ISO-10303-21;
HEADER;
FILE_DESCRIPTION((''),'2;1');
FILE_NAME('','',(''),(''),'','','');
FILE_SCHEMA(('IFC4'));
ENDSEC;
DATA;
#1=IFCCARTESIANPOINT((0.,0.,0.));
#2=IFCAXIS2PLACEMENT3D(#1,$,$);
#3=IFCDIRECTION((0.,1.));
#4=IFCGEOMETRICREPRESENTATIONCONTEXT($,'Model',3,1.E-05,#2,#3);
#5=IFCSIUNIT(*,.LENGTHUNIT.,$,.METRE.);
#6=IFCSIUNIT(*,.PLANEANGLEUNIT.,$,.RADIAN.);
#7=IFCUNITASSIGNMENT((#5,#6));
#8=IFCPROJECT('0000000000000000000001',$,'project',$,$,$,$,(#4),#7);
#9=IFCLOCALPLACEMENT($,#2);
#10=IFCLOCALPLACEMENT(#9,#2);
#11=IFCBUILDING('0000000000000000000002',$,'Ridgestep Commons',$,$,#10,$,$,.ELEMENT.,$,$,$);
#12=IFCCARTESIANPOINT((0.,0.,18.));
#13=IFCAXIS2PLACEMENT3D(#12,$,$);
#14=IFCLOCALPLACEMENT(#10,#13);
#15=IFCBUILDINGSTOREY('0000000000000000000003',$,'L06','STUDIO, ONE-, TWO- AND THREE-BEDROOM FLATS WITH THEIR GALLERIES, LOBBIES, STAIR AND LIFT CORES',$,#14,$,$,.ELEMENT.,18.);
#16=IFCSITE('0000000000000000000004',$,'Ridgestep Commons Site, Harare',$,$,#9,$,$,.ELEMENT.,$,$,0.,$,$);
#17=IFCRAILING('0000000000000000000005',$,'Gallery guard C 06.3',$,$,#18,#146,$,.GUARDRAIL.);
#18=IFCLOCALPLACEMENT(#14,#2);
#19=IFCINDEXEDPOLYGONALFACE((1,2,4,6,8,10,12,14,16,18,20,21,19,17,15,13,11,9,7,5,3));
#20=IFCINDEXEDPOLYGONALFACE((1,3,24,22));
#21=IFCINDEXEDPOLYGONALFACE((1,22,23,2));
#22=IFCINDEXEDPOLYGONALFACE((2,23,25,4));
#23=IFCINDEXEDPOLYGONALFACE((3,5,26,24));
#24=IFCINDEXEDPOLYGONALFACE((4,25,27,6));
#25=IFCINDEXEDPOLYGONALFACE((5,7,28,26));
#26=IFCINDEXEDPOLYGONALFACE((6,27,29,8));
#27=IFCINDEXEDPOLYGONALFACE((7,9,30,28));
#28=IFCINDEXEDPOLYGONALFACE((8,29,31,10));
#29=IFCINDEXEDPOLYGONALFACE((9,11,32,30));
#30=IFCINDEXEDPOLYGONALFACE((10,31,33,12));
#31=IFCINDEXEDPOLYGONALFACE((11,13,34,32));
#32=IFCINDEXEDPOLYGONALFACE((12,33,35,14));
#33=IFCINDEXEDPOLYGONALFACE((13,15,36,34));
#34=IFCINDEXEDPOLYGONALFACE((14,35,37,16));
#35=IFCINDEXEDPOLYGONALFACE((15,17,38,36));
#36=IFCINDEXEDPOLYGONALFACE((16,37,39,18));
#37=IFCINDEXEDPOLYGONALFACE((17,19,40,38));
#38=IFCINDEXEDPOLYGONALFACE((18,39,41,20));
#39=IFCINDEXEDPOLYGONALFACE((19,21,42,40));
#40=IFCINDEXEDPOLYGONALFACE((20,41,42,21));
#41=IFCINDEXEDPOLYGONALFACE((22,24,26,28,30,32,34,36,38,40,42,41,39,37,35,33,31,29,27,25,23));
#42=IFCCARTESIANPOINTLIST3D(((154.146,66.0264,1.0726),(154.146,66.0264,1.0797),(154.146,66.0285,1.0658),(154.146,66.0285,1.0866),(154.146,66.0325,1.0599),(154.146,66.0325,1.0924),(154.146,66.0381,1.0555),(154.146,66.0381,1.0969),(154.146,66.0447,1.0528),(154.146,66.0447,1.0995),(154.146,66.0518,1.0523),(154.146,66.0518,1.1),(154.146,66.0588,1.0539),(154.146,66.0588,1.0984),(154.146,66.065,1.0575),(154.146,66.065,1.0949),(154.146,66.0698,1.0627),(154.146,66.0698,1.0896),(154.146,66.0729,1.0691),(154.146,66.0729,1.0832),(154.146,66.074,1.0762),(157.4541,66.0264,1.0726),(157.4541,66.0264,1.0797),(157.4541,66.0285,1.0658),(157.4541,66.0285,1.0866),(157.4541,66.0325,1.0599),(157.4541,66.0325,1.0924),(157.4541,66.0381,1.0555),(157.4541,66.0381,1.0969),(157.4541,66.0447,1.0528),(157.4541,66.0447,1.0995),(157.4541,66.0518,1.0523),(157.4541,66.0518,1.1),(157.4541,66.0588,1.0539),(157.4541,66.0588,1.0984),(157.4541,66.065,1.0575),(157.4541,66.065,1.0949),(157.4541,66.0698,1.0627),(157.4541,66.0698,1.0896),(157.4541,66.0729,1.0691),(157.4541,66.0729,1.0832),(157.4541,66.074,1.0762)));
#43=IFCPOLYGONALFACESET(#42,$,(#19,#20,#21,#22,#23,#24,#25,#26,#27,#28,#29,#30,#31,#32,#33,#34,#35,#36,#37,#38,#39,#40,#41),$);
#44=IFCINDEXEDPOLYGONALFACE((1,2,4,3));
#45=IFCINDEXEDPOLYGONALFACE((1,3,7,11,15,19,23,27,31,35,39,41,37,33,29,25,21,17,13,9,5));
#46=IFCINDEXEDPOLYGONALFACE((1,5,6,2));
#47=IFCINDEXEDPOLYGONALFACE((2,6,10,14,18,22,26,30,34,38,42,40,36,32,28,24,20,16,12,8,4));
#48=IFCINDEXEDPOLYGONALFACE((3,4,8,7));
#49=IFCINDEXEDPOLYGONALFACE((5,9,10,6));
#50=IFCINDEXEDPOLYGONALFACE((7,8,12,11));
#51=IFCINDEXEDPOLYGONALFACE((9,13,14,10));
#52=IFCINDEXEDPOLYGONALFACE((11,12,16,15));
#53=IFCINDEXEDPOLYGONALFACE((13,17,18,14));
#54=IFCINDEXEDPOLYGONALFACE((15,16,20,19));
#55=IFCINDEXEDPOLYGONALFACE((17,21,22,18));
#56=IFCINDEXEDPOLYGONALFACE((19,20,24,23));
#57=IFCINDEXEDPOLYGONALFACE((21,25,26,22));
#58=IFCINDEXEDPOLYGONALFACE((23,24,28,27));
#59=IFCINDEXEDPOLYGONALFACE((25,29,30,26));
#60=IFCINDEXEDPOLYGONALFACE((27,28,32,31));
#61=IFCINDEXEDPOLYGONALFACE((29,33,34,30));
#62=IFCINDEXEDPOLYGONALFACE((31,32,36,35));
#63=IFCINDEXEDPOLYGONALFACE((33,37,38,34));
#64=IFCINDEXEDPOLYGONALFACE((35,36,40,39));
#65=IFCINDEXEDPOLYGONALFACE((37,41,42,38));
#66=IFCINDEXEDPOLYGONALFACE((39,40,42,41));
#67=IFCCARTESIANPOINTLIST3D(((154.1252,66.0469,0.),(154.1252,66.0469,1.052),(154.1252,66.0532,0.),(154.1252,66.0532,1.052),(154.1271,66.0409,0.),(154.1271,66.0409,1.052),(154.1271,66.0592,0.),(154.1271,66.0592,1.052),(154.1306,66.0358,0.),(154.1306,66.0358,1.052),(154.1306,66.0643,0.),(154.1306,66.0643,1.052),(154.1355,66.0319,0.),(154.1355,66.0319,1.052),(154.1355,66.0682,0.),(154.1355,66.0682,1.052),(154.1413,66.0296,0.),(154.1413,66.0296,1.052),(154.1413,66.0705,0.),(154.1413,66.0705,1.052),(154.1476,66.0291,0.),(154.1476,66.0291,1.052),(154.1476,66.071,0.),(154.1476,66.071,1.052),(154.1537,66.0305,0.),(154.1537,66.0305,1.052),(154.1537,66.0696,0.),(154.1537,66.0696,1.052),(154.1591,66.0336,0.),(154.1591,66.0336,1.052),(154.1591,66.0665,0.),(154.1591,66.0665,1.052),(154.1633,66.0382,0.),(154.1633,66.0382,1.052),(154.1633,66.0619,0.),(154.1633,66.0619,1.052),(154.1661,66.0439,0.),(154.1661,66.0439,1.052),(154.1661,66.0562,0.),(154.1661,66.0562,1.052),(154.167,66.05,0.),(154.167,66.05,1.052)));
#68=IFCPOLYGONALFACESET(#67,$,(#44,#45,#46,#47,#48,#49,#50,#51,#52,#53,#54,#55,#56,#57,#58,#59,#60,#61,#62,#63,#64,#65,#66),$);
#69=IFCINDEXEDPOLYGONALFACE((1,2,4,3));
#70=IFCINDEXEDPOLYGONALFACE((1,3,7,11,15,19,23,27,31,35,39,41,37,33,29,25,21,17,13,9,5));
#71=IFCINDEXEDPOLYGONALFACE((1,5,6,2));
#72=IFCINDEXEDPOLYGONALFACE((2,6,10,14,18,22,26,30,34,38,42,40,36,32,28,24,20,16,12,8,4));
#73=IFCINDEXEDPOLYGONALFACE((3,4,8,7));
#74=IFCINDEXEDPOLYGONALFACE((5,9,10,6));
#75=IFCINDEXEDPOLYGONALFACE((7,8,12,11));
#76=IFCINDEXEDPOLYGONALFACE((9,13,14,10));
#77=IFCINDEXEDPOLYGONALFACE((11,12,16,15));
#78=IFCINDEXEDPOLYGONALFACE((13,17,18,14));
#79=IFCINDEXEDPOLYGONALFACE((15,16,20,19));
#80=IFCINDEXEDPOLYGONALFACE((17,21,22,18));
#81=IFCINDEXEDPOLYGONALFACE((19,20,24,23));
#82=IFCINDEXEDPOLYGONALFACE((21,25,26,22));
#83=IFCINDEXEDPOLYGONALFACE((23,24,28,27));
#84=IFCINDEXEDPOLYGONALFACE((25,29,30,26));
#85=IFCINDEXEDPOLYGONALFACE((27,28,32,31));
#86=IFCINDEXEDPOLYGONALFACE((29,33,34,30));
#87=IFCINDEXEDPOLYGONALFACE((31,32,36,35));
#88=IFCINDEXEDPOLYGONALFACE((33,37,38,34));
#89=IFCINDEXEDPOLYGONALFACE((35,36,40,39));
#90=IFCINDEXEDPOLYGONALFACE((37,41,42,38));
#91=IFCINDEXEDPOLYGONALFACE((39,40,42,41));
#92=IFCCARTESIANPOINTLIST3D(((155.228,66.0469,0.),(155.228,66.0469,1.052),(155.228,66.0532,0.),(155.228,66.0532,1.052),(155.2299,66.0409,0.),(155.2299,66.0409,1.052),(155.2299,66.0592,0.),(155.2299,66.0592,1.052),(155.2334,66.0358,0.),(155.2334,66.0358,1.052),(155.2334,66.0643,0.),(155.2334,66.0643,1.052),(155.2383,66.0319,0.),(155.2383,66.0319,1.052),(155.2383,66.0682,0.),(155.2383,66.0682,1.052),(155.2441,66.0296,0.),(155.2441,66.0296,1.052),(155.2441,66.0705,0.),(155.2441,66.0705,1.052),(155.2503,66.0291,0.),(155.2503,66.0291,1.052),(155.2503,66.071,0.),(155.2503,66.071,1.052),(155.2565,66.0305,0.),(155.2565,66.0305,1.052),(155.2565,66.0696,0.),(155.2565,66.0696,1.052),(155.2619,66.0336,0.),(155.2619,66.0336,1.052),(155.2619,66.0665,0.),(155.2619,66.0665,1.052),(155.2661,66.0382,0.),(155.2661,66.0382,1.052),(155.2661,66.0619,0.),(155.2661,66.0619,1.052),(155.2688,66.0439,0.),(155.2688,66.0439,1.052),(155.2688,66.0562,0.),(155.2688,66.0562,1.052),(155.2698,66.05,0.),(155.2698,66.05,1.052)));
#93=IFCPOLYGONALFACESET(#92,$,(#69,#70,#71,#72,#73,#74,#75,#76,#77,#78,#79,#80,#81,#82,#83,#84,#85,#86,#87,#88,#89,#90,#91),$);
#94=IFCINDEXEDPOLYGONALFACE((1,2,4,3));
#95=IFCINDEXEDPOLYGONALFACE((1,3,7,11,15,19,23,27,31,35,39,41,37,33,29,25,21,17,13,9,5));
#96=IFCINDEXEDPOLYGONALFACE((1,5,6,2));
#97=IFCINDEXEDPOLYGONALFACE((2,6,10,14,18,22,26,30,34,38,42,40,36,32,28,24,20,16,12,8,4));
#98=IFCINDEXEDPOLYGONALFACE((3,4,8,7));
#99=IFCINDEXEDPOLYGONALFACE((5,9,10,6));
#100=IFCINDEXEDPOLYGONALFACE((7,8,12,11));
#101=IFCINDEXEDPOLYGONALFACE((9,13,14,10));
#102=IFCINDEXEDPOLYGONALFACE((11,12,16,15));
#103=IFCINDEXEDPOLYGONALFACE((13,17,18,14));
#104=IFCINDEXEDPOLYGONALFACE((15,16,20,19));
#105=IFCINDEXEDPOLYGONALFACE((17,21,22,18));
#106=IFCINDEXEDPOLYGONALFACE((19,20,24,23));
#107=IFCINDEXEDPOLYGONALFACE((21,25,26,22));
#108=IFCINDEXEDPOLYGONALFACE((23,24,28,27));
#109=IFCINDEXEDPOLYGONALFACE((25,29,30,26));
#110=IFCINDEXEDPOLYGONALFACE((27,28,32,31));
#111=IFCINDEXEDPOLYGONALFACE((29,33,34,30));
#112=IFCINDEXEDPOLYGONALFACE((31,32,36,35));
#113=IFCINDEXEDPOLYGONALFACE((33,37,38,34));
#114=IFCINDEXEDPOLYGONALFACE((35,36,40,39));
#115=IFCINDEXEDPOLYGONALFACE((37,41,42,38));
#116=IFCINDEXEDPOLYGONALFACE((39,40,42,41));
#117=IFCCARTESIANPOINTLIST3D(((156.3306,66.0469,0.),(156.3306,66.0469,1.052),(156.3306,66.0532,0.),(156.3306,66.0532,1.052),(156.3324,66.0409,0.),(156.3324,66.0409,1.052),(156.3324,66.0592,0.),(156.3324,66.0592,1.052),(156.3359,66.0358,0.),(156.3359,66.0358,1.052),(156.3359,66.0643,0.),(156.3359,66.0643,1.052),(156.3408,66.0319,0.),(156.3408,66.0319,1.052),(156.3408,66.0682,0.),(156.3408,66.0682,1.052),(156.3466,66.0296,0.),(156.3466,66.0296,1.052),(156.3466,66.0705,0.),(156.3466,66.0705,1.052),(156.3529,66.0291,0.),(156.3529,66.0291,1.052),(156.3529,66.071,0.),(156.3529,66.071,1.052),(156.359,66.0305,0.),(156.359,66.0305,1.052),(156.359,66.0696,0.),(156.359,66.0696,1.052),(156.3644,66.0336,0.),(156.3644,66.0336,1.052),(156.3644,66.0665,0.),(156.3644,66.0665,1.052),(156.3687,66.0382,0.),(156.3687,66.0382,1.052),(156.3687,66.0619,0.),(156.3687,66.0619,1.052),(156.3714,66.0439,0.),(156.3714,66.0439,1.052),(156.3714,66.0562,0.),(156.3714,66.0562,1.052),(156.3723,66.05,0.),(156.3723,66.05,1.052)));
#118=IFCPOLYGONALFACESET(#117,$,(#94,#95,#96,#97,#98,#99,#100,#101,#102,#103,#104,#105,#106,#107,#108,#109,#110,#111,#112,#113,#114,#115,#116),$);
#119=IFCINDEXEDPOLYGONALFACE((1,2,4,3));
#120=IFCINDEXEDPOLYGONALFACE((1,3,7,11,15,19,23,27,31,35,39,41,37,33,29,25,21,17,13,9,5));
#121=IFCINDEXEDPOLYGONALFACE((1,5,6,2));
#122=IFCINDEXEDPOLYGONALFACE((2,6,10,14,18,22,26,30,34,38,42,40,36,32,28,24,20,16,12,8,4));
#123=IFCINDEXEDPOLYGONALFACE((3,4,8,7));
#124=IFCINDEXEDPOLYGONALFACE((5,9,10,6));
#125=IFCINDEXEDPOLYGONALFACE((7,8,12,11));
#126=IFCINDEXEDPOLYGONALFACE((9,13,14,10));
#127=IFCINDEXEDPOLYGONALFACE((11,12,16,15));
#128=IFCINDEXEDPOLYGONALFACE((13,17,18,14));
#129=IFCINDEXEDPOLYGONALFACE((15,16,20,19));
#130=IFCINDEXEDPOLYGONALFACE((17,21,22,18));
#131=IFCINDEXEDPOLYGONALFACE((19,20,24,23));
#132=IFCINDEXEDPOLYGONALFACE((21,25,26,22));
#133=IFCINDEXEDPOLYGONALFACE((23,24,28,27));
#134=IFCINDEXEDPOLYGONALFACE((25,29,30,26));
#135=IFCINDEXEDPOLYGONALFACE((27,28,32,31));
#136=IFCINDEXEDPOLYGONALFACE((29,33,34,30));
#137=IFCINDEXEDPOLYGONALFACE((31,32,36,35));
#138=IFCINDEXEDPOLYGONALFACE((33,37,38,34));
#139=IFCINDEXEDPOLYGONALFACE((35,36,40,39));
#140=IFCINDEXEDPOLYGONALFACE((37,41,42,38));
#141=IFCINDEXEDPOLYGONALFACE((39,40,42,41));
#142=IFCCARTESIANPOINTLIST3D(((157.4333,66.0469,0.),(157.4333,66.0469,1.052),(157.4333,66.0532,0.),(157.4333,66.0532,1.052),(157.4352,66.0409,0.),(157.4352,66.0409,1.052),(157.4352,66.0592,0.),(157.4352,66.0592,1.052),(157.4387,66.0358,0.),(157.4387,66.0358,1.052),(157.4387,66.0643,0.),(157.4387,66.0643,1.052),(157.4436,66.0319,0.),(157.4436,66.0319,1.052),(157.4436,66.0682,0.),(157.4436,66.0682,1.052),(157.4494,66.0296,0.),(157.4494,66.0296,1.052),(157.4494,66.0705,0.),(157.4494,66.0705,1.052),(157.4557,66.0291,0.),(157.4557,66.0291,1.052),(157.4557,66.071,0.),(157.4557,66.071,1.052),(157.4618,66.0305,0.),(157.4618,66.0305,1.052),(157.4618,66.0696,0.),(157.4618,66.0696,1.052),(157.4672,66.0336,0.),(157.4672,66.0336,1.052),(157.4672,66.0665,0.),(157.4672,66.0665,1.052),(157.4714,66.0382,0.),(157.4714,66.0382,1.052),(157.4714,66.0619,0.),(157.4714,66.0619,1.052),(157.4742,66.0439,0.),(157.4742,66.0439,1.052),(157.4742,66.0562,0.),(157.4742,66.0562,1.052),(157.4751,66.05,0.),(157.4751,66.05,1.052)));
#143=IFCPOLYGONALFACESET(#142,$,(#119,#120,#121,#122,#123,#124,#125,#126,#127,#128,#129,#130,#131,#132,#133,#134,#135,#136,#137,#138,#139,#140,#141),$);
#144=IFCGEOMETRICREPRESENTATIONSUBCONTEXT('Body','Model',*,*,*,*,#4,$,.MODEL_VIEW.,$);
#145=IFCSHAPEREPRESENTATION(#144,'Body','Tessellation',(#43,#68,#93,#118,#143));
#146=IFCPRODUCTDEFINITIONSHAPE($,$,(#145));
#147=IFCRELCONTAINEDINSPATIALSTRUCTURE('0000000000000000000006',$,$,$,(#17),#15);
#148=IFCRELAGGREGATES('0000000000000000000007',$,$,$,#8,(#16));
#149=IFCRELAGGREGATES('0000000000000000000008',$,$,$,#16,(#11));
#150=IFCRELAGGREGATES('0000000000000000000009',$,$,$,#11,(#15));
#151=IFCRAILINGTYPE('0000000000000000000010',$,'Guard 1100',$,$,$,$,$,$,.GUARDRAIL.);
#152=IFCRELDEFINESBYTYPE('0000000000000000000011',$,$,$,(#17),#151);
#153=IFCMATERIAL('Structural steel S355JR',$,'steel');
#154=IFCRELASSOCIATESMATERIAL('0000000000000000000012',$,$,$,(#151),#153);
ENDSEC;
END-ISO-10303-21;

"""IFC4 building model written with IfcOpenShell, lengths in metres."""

from ifc_helpers import new_model, si_unit, direction, frame, origin, origin_2d, place, context, subcontext, project, spatial, circle, extrude, material, type_object, element, save


model = new_model("IFC4")

# Units and contexts
model_context = context("Model", 3, precision=1e-05, world=origin(), true_north=direction((0.0, 1.0)))
body_context = subcontext(model_context, "Body", "Model", "MODEL_VIEW")
ifc_project = project(units=[si_unit("LENGTHUNIT", "METRE"), si_unit("PLANEANGLEUNIT", "RADIAN")], contexts=[model_context])

# Site, building, storey
site_placement = place(None, origin())
site = spatial("IfcSite", under=ifc_project, at=site_placement, Name="Ridgestep Commons Site, Harare", CompositionType="ELEMENT", RefElevation=0.0)
building_placement = place(site_placement, origin())
building = spatial("IfcBuilding", under=site, at=building_placement, Name="Ridgestep Commons", CompositionType="ELEMENT")
storey_placement = place(building_placement, frame((0.0, 0.0, 18.0)))
storey = spatial("IfcBuildingStorey", under=building, at=storey_placement, Name="L06", Description="STUDIO, ONE-, TWO- AND THREE-BEDROOM FLATS WITH THEIR GALLERIES, LOBBIES, STAIR AND LIFT CORES", CompositionType="ELEMENT", Elevation=18.0)

# Railing
ifc_material_1 = material(Name="Structural steel S355JR", Category="steel")
railing_type = type_object("IfcRailingType", Name="Guard 1100", PredefinedType="GUARDRAIL", material=ifc_material_1)
for number, where, name in (
    (1, (154.146, 66.05, 0.0), "Gallery guard C 06.3"),
):
    element("IfcRailing", number, at=place(storey_placement, frame(where)), inside=storey, type_object=railing_type, Name=name, PredefinedType="GUARDRAIL", context=body_context, shape_type="SweptSolid", body=[
        extrude(circle(Radius=0.0239, at=origin_2d()), frame((0.0, 0.0, 1.0762), z_axis=(1.0, 0.0, 0.0), x_axis=(0.0, 1.0, 0.0)), (0.0, 0.0, 1.0), 3.3081),
        extrude(circle(Radius=0.021, at=origin_2d()), origin(), (0.0, 0.0, 1.0), 1.052),
        extrude(circle(Radius=0.021, at=origin_2d()), frame((1.1028, 0.0, 0.0)), (0.0, 0.0, 1.0), 1.052),
        extrude(circle(Radius=0.021, at=origin_2d()), frame((2.2053, 0.0, 0.0)), (0.0, 0.0, 1.0), 1.052),
        extrude(circle(Radius=0.021, at=origin_2d()), frame((3.3081, 0.0, 0.0)), (0.0, 0.0, 1.0), 1.052),
    ])

save(model, "model.ifc")
